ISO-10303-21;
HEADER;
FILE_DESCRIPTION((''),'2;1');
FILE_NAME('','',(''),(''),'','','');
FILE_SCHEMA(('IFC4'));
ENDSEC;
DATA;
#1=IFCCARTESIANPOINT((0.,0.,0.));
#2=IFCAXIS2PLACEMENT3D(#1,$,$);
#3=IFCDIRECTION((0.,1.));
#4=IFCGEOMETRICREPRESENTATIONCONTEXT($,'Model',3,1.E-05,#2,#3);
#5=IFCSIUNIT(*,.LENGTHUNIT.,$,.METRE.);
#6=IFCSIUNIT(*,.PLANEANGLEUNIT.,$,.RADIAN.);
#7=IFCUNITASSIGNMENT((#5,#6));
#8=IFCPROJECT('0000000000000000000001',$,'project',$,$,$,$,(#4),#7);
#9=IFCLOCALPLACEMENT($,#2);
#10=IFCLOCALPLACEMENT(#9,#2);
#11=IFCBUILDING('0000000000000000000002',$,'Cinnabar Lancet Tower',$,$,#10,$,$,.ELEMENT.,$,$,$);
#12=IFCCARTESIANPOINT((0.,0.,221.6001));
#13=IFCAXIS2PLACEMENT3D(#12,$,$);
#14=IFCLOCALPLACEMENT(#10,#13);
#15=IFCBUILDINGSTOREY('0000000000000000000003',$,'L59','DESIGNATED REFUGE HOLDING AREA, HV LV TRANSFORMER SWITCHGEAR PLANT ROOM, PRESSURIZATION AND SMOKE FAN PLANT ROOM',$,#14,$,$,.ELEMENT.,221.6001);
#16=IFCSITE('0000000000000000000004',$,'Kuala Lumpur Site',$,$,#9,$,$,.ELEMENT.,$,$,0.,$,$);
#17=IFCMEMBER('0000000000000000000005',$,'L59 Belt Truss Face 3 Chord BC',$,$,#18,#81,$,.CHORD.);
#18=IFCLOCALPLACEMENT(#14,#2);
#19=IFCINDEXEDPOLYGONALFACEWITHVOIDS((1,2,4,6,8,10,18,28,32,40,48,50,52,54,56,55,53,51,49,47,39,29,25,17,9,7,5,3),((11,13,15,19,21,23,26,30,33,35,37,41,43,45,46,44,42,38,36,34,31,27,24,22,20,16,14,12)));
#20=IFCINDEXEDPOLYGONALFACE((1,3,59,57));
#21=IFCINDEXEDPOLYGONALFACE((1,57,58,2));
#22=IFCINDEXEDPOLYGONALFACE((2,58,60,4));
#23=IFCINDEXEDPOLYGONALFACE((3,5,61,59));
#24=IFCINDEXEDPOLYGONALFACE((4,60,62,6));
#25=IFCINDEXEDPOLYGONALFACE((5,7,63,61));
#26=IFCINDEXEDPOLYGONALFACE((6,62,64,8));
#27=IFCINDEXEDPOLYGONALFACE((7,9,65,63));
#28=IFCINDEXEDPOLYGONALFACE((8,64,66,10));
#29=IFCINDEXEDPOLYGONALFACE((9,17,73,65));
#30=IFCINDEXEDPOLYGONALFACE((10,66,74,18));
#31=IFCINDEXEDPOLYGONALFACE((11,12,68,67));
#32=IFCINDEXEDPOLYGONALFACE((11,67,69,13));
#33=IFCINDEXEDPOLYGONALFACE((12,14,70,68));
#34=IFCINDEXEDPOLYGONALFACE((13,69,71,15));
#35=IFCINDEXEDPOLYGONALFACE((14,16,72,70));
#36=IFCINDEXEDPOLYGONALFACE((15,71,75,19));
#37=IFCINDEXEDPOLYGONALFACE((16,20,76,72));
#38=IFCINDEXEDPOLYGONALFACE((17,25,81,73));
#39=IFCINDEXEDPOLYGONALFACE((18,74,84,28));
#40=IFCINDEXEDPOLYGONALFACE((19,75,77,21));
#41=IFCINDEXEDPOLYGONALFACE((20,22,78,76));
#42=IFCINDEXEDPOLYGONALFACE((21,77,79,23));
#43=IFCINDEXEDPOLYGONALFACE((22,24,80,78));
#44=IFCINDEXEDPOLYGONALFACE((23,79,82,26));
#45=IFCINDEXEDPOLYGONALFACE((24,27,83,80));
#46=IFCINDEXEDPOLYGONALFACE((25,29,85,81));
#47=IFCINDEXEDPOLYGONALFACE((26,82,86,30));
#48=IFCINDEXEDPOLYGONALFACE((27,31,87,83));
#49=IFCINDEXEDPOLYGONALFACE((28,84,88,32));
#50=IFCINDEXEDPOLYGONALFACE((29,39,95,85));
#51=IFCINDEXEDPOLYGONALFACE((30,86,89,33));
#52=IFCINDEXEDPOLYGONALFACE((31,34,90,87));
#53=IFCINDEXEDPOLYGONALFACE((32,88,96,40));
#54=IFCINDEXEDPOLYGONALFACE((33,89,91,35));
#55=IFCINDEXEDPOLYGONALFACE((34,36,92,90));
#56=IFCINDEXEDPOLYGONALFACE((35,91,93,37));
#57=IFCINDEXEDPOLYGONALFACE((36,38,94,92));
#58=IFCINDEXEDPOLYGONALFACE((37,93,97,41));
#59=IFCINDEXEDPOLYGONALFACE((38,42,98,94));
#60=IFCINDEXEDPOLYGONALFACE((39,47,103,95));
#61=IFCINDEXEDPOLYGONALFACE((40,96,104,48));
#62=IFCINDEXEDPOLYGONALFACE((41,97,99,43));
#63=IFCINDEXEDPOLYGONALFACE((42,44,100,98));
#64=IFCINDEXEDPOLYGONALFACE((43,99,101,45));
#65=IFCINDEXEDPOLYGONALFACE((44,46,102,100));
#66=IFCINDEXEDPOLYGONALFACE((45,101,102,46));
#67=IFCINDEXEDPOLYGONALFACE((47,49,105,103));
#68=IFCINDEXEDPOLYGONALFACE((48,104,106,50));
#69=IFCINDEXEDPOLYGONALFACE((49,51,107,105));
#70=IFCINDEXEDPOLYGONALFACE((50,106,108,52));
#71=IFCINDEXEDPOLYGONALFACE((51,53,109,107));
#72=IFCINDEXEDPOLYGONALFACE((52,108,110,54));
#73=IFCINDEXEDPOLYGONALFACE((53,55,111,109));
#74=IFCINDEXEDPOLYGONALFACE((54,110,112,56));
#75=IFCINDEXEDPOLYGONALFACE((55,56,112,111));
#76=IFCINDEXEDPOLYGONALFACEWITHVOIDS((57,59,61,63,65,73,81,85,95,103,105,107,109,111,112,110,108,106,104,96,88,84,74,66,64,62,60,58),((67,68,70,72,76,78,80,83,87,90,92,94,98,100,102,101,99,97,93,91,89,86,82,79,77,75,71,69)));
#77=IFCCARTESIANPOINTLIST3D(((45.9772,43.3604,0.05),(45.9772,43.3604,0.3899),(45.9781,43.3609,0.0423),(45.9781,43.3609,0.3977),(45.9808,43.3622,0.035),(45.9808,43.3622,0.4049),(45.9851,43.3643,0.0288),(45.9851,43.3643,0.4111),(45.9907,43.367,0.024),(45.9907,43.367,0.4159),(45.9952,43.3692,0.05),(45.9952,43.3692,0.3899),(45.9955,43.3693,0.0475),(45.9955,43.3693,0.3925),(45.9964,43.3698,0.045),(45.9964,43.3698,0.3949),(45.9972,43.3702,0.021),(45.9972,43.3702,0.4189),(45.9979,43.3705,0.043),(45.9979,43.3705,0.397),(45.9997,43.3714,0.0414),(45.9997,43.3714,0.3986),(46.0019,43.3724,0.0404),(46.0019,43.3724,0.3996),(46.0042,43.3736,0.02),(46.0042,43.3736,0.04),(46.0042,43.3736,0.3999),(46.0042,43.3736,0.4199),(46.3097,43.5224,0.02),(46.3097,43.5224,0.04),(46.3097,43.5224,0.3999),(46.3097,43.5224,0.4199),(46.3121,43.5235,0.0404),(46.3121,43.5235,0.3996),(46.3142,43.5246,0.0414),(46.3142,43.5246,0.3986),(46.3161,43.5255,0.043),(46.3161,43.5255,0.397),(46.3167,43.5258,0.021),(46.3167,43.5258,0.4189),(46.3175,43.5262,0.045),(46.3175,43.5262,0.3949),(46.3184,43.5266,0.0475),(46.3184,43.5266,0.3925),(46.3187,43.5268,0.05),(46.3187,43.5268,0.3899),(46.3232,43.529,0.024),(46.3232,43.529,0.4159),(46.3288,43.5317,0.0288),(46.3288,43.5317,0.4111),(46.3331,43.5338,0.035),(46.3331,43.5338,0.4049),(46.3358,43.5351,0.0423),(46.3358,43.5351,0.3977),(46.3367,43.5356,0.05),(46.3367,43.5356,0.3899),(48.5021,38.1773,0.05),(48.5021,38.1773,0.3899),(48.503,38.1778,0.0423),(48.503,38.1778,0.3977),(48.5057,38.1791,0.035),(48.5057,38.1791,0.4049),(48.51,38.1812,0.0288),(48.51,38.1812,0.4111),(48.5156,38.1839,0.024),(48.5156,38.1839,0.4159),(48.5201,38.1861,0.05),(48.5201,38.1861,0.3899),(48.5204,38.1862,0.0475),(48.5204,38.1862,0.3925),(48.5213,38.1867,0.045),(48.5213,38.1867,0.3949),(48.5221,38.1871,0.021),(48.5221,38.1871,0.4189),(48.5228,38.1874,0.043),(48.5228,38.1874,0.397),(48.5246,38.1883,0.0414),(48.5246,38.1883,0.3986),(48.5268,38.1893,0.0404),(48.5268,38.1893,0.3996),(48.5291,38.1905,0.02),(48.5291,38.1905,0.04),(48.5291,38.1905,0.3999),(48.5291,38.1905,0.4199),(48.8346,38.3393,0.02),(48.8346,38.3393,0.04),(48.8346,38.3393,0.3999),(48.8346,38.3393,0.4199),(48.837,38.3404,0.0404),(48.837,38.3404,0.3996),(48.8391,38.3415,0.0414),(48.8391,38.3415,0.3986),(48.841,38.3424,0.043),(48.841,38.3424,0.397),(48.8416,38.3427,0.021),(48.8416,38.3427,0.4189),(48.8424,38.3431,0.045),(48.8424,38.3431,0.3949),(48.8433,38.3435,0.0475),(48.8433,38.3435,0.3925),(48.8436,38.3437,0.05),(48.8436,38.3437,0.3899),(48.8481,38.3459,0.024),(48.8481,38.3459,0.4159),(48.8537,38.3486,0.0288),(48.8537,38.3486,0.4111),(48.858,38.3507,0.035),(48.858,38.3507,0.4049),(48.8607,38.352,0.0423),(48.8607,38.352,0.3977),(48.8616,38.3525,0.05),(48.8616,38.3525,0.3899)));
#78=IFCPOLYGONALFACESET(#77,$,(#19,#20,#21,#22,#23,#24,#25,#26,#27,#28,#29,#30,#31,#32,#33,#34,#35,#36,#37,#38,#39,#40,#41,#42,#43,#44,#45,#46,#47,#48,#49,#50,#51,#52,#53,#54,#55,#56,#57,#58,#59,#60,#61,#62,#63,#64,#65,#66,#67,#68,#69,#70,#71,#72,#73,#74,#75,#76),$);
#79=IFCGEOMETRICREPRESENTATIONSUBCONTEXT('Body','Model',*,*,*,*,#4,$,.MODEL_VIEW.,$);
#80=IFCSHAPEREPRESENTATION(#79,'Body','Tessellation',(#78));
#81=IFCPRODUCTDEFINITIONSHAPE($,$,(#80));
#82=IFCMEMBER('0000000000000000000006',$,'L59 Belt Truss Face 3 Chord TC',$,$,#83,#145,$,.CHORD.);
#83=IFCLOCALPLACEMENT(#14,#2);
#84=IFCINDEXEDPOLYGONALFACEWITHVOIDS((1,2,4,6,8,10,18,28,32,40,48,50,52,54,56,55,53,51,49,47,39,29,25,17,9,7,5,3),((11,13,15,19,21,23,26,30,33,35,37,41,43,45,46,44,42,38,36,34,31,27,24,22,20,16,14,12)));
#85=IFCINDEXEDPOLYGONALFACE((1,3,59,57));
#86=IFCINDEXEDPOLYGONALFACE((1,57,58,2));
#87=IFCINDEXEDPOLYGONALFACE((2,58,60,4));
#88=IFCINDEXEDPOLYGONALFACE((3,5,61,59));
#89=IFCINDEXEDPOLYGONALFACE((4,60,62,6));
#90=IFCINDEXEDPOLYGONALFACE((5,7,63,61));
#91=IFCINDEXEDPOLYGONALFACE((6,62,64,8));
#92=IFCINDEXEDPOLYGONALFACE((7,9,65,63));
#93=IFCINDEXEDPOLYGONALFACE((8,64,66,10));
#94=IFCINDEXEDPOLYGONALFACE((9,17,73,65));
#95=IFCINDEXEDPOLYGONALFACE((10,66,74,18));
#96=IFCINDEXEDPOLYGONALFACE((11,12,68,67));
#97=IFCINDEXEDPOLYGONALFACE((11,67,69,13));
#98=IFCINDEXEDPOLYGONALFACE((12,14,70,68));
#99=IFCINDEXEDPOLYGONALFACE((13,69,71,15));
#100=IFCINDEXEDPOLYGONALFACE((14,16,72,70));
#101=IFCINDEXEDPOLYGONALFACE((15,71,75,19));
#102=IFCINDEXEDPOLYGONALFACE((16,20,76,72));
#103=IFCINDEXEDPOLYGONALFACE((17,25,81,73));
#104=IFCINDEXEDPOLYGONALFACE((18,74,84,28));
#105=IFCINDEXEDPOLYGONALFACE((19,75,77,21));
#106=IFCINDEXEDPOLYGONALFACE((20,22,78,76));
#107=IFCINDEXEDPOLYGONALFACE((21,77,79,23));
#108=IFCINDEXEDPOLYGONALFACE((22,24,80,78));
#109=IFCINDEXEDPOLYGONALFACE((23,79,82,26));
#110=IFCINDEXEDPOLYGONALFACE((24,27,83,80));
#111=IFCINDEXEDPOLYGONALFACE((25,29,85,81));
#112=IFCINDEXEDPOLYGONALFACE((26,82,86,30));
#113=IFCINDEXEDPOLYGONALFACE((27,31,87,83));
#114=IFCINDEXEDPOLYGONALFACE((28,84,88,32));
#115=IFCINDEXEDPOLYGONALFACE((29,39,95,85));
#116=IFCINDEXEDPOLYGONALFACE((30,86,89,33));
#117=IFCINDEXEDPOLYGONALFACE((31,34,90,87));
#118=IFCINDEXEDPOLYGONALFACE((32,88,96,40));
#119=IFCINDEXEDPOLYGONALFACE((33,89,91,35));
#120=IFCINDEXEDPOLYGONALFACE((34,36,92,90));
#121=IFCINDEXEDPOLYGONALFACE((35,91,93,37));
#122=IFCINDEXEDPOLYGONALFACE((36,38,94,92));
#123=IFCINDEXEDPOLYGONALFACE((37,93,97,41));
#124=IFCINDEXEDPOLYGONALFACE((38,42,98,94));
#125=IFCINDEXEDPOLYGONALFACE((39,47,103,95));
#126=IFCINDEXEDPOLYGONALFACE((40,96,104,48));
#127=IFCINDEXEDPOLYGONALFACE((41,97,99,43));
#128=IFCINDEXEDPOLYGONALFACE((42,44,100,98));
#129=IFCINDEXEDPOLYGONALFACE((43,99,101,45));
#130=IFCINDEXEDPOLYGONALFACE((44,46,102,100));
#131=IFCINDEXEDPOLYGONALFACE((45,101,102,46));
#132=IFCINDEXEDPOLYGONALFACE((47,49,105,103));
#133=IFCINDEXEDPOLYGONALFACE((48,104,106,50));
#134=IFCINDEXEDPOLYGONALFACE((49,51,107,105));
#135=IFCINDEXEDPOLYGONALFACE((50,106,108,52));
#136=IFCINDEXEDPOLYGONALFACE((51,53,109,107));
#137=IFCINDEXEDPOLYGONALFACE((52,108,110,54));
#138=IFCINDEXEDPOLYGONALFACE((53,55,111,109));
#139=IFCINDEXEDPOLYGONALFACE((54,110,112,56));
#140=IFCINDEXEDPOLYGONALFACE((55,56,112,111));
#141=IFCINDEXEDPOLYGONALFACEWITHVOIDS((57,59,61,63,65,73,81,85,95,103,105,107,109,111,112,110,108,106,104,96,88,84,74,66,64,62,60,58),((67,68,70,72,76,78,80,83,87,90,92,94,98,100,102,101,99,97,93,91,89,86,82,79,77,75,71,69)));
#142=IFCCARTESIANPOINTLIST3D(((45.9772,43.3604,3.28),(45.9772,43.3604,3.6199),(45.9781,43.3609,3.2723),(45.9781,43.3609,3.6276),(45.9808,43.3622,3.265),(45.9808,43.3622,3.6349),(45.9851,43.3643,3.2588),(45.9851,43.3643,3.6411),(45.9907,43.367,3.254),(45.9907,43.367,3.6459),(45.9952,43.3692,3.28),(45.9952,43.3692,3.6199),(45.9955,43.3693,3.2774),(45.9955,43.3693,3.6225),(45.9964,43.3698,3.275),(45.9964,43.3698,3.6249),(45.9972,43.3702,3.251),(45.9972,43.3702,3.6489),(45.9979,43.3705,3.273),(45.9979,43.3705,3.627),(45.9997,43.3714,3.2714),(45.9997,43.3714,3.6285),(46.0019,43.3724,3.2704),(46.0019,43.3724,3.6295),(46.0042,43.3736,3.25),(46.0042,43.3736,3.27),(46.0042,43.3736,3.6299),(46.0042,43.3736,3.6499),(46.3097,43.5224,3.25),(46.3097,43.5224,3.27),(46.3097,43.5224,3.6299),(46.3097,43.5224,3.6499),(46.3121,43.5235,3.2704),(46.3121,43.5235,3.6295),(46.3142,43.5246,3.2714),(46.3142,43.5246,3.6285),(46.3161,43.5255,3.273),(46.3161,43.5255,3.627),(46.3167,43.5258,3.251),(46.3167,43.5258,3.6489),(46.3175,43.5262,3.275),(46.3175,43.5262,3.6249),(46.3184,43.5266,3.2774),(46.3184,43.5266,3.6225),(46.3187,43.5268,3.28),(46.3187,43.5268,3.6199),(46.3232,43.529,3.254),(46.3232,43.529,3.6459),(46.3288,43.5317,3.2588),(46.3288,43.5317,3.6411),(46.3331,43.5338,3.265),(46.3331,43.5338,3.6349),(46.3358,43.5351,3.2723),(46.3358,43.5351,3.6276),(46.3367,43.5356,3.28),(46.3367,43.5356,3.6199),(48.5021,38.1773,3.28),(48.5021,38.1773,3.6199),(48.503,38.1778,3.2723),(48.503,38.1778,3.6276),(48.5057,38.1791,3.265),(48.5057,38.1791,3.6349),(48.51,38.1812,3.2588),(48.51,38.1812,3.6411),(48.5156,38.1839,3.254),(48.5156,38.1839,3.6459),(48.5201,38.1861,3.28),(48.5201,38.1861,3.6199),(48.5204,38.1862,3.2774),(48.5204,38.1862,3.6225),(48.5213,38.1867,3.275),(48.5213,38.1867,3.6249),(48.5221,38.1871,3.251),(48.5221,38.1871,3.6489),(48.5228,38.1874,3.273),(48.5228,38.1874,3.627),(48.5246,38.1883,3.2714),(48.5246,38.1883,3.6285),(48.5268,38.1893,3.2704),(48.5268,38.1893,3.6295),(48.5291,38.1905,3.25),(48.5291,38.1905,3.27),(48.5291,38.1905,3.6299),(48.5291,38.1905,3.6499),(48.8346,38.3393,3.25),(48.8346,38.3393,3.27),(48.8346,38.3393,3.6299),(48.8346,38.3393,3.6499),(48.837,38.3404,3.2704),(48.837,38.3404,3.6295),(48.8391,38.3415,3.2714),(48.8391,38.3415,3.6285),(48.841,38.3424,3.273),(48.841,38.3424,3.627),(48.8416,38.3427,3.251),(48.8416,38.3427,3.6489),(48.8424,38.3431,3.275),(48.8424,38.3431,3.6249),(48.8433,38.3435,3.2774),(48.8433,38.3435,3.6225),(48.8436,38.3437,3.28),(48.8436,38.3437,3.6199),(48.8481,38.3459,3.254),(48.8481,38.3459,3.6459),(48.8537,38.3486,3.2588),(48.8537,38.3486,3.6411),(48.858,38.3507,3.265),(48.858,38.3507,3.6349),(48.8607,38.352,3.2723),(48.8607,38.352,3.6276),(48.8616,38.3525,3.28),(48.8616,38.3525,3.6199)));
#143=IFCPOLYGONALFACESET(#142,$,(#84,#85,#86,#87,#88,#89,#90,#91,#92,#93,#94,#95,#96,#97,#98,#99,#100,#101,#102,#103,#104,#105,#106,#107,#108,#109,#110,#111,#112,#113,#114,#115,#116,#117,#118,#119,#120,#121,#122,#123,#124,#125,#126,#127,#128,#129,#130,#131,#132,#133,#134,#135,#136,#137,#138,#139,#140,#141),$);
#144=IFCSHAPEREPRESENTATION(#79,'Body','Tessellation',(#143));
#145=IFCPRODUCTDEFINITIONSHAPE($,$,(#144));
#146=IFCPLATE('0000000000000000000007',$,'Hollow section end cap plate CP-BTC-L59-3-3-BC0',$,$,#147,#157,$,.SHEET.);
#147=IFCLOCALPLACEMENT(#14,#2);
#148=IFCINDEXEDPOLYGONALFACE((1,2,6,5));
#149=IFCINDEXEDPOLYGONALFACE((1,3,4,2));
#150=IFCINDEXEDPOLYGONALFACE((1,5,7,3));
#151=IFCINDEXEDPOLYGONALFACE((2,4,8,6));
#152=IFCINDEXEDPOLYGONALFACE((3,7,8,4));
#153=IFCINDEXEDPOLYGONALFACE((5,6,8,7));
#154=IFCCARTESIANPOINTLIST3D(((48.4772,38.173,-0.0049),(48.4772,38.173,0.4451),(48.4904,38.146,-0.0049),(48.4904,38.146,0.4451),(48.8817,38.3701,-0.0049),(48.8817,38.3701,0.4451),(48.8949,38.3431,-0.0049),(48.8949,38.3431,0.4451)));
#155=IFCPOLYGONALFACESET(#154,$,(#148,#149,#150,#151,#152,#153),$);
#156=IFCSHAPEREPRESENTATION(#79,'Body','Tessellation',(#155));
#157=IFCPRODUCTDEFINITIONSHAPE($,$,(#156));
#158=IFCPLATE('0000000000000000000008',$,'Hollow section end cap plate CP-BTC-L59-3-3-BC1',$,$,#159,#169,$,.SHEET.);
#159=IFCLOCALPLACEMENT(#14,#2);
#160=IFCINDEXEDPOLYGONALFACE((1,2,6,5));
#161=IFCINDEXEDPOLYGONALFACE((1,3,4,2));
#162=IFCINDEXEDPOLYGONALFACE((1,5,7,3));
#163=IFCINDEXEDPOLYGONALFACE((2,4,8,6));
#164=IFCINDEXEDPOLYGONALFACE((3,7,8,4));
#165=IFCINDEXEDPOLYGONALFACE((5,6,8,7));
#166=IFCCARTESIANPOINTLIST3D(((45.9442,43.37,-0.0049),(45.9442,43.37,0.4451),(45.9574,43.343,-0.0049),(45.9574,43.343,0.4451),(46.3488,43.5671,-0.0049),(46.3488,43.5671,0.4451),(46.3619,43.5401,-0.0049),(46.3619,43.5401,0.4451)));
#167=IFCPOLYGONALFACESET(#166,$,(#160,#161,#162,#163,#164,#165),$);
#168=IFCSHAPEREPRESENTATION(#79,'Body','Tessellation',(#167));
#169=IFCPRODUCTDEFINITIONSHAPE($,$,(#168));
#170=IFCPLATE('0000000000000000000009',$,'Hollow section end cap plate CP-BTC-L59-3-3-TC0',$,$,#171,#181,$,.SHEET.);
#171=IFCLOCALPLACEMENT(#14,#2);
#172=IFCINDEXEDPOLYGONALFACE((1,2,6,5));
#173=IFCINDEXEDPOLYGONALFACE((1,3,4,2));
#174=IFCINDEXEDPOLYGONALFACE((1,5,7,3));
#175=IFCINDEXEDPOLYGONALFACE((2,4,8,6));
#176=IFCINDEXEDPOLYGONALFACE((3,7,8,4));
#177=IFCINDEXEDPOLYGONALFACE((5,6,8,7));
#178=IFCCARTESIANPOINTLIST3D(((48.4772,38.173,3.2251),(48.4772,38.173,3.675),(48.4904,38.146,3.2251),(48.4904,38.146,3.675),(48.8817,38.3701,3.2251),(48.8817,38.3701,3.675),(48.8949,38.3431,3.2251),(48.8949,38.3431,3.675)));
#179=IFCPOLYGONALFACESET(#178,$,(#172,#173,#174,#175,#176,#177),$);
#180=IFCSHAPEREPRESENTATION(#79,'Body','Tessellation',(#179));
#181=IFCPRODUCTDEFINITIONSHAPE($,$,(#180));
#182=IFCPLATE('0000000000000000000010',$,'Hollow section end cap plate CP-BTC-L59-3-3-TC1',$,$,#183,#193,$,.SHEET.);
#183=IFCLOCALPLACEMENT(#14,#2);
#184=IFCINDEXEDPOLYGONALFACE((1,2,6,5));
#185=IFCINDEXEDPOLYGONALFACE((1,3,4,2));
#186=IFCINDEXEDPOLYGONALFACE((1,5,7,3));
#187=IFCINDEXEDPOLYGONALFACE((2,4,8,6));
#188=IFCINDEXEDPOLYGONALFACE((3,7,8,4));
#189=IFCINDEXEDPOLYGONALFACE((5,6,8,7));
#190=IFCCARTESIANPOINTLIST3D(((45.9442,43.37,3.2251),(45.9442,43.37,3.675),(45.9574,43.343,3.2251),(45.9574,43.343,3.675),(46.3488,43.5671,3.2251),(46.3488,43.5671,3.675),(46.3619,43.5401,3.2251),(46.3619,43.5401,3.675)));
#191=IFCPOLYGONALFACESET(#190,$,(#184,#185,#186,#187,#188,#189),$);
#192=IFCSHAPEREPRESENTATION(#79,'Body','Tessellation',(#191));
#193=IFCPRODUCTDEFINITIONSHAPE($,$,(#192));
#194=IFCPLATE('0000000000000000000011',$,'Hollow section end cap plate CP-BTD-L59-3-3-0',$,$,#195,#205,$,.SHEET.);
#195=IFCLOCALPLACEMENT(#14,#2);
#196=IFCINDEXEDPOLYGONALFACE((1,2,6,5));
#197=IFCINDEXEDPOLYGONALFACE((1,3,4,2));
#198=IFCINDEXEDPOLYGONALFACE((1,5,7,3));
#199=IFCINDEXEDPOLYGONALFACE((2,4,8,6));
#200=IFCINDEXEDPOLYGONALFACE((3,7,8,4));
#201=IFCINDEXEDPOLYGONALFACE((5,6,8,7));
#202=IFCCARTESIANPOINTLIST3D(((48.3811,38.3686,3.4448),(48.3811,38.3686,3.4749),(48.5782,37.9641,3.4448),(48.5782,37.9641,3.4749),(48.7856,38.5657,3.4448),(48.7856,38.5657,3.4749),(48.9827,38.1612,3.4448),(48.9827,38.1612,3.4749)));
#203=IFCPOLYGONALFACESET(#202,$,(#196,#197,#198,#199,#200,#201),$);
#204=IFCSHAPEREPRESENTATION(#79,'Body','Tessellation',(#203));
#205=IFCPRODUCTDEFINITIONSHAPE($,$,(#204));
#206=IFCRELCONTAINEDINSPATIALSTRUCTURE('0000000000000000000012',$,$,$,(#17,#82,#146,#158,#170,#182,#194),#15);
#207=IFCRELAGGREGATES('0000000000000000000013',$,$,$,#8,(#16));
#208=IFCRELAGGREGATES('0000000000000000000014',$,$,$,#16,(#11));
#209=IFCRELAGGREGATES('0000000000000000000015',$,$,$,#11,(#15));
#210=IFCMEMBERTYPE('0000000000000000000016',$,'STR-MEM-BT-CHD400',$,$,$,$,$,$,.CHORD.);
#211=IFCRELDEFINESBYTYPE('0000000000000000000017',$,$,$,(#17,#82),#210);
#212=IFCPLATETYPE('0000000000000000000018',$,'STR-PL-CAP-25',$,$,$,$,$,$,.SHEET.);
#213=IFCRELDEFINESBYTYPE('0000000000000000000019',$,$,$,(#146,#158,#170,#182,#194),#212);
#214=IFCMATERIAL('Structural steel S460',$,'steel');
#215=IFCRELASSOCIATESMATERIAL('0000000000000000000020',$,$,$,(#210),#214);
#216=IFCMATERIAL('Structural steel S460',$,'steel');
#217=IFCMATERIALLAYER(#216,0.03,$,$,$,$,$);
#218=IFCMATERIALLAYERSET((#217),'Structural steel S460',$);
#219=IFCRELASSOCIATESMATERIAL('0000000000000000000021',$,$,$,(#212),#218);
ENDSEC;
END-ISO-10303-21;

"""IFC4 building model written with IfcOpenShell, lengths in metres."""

from ifc_helpers import new_model, si_unit, direction, frame, origin, origin_2d, place, context, subcontext, project, spatial, rectangle, hollow_rectangle, extrude, material, layer, layer_set, material_profile, profile_set, type_object, element, save


model = new_model("IFC4")

# Units and contexts
model_context = context("Model", 3, precision=1e-05, world=origin(), true_north=direction((0.0, 1.0)))
body_context = subcontext(model_context, "Body", "Model", "MODEL_VIEW")
ifc_project = project(units=[si_unit("LENGTHUNIT", "METRE"), si_unit("PLANEANGLEUNIT", "RADIAN")], contexts=[model_context])

# Site, building, storey
site_placement = place(None, origin())
site = spatial("IfcSite", under=ifc_project, at=site_placement, Name="Kuala Lumpur Site", CompositionType="ELEMENT", RefElevation=0.0)
building_placement = place(site_placement, origin())
building = spatial("IfcBuilding", under=site, at=building_placement, Name="Cinnabar Lancet Tower", CompositionType="ELEMENT")
storey_placement = place(building_placement, frame((0.0, 0.0, 221.6001)))
storey = spatial("IfcBuildingStorey", under=building, at=storey_placement, Name="L59", Description="DESIGNATED REFUGE HOLDING AREA, HV LV TRANSFORMER SWITCHGEAR PLANT ROOM, PRESSURIZATION AND SMOKE FAN PLANT ROOM", CompositionType="ELEMENT", Elevation=221.6001)

# Members
ifc_material_1 = material(Name="Structural steel S460", Category="steel")
ifc_material_profile_1 = material_profile(ifc_material_1, hollow_rectangle(XDim=0.3999, YDim=0.3999, WallThickness=0.02, InnerFilletRadius=0.01, OuterFilletRadius=0.03, at=origin_2d()), Name="SHS 400x400x20")
ifc_profile_set_1 = profile_set([ifc_material_profile_1], Name="Structural steel S460")
member_type_1 = type_object("IfcMemberType", Name="STR-MEM-BT-CHD400", PredefinedType="CHORD", material=ifc_profile_set_1)
for number, where, z_axis, x_axis, name in (
    (1, (48.6819, 38.2649, 0.22), (-0.437941, 0.899004, 0.0), (-0.899004, -0.437941, 0.0), "L59 Belt Truss Face 3 Chord BC"),
    (2, (48.6819, 38.2649, 3.45), (-0.437941, 0.899004, 0.0), (-0.899004, -0.437941, 0.0), "L59 Belt Truss Face 3 Chord TC"),
):
    element("IfcMember", number, at=place(storey_placement, frame(where, z_axis=z_axis, x_axis=x_axis)), inside=storey, type_object=member_type_1, Name=name, PredefinedType="CHORD", context=body_context, shape_type="SweptSolid", body=[
        extrude(hollow_rectangle(XDim=0.3999, YDim=0.3999, WallThickness=0.02, InnerFilletRadius=0.01, OuterFilletRadius=0.03, at=origin_2d()), origin(), (0.0, 0.0, 1.0), 5.7654),
    ])

# Plates
ifc_material_2 = material(Name="Structural steel S460", Category="steel")
ifc_layer_1 = layer(ifc_material_2, 0.03)
ifc_layer_set_1 = layer_set([ifc_layer_1], Name="Structural steel S460")
plate_type = type_object("IfcPlateType", Name="STR-PL-CAP-25", PredefinedType="SHEET", material=ifc_layer_set_1)
for number, where, z_axis, x_axis, name in (
    (3, (48.686, 38.2581, -0.0049), (0.0, 0.0, 1.0), (0.437963, -0.898993, 0.0), "Hollow section end cap plate CP-BTC-L59-3-3-BC0"),
    (4, (46.1531, 43.4551, -0.0049), (0.0, 0.0, 1.0), (-0.437963, 0.898993, 0.0), "Hollow section end cap plate CP-BTC-L59-3-3-BC1"),
    (5, (48.686, 38.2581, 3.2251), (0.0, 0.0, 1.0), (0.437963, -0.898993, 0.0), "Hollow section end cap plate CP-BTC-L59-3-3-TC0"),
    (6, (46.1531, 43.4551, 3.2251), (0.0, 0.0, 1.0), (-0.437963, 0.898993, 0.0), "Hollow section end cap plate CP-BTC-L59-3-3-TC1"),
):
    element("IfcPlate", number, at=place(storey_placement, frame(where, z_axis=z_axis, x_axis=x_axis)), inside=storey, type_object=plate_type, Name=name, PredefinedType="SHEET", context=body_context, shape_type="SweptSolid", body=[
        extrude(rectangle(XDim=0.03, YDim=0.45, at=origin_2d()), origin(), (0.0, 0.0, 1.0), 0.45),
    ])
for number, where, z_axis, x_axis, name in (
    (7, (48.6819, 38.2649, 3.4448), (0.0, 0.0, 1.0), (0.437963, -0.898993, 0.0), "Hollow section end cap plate CP-BTD-L59-3-3-0"),
):
    element("IfcPlate", number, at=place(storey_placement, frame(where, z_axis=z_axis, x_axis=x_axis)), inside=storey, type_object=plate_type, Name=name, PredefinedType="SHEET", context=body_context, shape_type="SweptSolid", body=[
        extrude(rectangle(XDim=0.45, YDim=0.45, at=origin_2d()), origin(), (0.0, 0.0, 1.0), 0.03),
    ])

save(model, "model.ifc")
